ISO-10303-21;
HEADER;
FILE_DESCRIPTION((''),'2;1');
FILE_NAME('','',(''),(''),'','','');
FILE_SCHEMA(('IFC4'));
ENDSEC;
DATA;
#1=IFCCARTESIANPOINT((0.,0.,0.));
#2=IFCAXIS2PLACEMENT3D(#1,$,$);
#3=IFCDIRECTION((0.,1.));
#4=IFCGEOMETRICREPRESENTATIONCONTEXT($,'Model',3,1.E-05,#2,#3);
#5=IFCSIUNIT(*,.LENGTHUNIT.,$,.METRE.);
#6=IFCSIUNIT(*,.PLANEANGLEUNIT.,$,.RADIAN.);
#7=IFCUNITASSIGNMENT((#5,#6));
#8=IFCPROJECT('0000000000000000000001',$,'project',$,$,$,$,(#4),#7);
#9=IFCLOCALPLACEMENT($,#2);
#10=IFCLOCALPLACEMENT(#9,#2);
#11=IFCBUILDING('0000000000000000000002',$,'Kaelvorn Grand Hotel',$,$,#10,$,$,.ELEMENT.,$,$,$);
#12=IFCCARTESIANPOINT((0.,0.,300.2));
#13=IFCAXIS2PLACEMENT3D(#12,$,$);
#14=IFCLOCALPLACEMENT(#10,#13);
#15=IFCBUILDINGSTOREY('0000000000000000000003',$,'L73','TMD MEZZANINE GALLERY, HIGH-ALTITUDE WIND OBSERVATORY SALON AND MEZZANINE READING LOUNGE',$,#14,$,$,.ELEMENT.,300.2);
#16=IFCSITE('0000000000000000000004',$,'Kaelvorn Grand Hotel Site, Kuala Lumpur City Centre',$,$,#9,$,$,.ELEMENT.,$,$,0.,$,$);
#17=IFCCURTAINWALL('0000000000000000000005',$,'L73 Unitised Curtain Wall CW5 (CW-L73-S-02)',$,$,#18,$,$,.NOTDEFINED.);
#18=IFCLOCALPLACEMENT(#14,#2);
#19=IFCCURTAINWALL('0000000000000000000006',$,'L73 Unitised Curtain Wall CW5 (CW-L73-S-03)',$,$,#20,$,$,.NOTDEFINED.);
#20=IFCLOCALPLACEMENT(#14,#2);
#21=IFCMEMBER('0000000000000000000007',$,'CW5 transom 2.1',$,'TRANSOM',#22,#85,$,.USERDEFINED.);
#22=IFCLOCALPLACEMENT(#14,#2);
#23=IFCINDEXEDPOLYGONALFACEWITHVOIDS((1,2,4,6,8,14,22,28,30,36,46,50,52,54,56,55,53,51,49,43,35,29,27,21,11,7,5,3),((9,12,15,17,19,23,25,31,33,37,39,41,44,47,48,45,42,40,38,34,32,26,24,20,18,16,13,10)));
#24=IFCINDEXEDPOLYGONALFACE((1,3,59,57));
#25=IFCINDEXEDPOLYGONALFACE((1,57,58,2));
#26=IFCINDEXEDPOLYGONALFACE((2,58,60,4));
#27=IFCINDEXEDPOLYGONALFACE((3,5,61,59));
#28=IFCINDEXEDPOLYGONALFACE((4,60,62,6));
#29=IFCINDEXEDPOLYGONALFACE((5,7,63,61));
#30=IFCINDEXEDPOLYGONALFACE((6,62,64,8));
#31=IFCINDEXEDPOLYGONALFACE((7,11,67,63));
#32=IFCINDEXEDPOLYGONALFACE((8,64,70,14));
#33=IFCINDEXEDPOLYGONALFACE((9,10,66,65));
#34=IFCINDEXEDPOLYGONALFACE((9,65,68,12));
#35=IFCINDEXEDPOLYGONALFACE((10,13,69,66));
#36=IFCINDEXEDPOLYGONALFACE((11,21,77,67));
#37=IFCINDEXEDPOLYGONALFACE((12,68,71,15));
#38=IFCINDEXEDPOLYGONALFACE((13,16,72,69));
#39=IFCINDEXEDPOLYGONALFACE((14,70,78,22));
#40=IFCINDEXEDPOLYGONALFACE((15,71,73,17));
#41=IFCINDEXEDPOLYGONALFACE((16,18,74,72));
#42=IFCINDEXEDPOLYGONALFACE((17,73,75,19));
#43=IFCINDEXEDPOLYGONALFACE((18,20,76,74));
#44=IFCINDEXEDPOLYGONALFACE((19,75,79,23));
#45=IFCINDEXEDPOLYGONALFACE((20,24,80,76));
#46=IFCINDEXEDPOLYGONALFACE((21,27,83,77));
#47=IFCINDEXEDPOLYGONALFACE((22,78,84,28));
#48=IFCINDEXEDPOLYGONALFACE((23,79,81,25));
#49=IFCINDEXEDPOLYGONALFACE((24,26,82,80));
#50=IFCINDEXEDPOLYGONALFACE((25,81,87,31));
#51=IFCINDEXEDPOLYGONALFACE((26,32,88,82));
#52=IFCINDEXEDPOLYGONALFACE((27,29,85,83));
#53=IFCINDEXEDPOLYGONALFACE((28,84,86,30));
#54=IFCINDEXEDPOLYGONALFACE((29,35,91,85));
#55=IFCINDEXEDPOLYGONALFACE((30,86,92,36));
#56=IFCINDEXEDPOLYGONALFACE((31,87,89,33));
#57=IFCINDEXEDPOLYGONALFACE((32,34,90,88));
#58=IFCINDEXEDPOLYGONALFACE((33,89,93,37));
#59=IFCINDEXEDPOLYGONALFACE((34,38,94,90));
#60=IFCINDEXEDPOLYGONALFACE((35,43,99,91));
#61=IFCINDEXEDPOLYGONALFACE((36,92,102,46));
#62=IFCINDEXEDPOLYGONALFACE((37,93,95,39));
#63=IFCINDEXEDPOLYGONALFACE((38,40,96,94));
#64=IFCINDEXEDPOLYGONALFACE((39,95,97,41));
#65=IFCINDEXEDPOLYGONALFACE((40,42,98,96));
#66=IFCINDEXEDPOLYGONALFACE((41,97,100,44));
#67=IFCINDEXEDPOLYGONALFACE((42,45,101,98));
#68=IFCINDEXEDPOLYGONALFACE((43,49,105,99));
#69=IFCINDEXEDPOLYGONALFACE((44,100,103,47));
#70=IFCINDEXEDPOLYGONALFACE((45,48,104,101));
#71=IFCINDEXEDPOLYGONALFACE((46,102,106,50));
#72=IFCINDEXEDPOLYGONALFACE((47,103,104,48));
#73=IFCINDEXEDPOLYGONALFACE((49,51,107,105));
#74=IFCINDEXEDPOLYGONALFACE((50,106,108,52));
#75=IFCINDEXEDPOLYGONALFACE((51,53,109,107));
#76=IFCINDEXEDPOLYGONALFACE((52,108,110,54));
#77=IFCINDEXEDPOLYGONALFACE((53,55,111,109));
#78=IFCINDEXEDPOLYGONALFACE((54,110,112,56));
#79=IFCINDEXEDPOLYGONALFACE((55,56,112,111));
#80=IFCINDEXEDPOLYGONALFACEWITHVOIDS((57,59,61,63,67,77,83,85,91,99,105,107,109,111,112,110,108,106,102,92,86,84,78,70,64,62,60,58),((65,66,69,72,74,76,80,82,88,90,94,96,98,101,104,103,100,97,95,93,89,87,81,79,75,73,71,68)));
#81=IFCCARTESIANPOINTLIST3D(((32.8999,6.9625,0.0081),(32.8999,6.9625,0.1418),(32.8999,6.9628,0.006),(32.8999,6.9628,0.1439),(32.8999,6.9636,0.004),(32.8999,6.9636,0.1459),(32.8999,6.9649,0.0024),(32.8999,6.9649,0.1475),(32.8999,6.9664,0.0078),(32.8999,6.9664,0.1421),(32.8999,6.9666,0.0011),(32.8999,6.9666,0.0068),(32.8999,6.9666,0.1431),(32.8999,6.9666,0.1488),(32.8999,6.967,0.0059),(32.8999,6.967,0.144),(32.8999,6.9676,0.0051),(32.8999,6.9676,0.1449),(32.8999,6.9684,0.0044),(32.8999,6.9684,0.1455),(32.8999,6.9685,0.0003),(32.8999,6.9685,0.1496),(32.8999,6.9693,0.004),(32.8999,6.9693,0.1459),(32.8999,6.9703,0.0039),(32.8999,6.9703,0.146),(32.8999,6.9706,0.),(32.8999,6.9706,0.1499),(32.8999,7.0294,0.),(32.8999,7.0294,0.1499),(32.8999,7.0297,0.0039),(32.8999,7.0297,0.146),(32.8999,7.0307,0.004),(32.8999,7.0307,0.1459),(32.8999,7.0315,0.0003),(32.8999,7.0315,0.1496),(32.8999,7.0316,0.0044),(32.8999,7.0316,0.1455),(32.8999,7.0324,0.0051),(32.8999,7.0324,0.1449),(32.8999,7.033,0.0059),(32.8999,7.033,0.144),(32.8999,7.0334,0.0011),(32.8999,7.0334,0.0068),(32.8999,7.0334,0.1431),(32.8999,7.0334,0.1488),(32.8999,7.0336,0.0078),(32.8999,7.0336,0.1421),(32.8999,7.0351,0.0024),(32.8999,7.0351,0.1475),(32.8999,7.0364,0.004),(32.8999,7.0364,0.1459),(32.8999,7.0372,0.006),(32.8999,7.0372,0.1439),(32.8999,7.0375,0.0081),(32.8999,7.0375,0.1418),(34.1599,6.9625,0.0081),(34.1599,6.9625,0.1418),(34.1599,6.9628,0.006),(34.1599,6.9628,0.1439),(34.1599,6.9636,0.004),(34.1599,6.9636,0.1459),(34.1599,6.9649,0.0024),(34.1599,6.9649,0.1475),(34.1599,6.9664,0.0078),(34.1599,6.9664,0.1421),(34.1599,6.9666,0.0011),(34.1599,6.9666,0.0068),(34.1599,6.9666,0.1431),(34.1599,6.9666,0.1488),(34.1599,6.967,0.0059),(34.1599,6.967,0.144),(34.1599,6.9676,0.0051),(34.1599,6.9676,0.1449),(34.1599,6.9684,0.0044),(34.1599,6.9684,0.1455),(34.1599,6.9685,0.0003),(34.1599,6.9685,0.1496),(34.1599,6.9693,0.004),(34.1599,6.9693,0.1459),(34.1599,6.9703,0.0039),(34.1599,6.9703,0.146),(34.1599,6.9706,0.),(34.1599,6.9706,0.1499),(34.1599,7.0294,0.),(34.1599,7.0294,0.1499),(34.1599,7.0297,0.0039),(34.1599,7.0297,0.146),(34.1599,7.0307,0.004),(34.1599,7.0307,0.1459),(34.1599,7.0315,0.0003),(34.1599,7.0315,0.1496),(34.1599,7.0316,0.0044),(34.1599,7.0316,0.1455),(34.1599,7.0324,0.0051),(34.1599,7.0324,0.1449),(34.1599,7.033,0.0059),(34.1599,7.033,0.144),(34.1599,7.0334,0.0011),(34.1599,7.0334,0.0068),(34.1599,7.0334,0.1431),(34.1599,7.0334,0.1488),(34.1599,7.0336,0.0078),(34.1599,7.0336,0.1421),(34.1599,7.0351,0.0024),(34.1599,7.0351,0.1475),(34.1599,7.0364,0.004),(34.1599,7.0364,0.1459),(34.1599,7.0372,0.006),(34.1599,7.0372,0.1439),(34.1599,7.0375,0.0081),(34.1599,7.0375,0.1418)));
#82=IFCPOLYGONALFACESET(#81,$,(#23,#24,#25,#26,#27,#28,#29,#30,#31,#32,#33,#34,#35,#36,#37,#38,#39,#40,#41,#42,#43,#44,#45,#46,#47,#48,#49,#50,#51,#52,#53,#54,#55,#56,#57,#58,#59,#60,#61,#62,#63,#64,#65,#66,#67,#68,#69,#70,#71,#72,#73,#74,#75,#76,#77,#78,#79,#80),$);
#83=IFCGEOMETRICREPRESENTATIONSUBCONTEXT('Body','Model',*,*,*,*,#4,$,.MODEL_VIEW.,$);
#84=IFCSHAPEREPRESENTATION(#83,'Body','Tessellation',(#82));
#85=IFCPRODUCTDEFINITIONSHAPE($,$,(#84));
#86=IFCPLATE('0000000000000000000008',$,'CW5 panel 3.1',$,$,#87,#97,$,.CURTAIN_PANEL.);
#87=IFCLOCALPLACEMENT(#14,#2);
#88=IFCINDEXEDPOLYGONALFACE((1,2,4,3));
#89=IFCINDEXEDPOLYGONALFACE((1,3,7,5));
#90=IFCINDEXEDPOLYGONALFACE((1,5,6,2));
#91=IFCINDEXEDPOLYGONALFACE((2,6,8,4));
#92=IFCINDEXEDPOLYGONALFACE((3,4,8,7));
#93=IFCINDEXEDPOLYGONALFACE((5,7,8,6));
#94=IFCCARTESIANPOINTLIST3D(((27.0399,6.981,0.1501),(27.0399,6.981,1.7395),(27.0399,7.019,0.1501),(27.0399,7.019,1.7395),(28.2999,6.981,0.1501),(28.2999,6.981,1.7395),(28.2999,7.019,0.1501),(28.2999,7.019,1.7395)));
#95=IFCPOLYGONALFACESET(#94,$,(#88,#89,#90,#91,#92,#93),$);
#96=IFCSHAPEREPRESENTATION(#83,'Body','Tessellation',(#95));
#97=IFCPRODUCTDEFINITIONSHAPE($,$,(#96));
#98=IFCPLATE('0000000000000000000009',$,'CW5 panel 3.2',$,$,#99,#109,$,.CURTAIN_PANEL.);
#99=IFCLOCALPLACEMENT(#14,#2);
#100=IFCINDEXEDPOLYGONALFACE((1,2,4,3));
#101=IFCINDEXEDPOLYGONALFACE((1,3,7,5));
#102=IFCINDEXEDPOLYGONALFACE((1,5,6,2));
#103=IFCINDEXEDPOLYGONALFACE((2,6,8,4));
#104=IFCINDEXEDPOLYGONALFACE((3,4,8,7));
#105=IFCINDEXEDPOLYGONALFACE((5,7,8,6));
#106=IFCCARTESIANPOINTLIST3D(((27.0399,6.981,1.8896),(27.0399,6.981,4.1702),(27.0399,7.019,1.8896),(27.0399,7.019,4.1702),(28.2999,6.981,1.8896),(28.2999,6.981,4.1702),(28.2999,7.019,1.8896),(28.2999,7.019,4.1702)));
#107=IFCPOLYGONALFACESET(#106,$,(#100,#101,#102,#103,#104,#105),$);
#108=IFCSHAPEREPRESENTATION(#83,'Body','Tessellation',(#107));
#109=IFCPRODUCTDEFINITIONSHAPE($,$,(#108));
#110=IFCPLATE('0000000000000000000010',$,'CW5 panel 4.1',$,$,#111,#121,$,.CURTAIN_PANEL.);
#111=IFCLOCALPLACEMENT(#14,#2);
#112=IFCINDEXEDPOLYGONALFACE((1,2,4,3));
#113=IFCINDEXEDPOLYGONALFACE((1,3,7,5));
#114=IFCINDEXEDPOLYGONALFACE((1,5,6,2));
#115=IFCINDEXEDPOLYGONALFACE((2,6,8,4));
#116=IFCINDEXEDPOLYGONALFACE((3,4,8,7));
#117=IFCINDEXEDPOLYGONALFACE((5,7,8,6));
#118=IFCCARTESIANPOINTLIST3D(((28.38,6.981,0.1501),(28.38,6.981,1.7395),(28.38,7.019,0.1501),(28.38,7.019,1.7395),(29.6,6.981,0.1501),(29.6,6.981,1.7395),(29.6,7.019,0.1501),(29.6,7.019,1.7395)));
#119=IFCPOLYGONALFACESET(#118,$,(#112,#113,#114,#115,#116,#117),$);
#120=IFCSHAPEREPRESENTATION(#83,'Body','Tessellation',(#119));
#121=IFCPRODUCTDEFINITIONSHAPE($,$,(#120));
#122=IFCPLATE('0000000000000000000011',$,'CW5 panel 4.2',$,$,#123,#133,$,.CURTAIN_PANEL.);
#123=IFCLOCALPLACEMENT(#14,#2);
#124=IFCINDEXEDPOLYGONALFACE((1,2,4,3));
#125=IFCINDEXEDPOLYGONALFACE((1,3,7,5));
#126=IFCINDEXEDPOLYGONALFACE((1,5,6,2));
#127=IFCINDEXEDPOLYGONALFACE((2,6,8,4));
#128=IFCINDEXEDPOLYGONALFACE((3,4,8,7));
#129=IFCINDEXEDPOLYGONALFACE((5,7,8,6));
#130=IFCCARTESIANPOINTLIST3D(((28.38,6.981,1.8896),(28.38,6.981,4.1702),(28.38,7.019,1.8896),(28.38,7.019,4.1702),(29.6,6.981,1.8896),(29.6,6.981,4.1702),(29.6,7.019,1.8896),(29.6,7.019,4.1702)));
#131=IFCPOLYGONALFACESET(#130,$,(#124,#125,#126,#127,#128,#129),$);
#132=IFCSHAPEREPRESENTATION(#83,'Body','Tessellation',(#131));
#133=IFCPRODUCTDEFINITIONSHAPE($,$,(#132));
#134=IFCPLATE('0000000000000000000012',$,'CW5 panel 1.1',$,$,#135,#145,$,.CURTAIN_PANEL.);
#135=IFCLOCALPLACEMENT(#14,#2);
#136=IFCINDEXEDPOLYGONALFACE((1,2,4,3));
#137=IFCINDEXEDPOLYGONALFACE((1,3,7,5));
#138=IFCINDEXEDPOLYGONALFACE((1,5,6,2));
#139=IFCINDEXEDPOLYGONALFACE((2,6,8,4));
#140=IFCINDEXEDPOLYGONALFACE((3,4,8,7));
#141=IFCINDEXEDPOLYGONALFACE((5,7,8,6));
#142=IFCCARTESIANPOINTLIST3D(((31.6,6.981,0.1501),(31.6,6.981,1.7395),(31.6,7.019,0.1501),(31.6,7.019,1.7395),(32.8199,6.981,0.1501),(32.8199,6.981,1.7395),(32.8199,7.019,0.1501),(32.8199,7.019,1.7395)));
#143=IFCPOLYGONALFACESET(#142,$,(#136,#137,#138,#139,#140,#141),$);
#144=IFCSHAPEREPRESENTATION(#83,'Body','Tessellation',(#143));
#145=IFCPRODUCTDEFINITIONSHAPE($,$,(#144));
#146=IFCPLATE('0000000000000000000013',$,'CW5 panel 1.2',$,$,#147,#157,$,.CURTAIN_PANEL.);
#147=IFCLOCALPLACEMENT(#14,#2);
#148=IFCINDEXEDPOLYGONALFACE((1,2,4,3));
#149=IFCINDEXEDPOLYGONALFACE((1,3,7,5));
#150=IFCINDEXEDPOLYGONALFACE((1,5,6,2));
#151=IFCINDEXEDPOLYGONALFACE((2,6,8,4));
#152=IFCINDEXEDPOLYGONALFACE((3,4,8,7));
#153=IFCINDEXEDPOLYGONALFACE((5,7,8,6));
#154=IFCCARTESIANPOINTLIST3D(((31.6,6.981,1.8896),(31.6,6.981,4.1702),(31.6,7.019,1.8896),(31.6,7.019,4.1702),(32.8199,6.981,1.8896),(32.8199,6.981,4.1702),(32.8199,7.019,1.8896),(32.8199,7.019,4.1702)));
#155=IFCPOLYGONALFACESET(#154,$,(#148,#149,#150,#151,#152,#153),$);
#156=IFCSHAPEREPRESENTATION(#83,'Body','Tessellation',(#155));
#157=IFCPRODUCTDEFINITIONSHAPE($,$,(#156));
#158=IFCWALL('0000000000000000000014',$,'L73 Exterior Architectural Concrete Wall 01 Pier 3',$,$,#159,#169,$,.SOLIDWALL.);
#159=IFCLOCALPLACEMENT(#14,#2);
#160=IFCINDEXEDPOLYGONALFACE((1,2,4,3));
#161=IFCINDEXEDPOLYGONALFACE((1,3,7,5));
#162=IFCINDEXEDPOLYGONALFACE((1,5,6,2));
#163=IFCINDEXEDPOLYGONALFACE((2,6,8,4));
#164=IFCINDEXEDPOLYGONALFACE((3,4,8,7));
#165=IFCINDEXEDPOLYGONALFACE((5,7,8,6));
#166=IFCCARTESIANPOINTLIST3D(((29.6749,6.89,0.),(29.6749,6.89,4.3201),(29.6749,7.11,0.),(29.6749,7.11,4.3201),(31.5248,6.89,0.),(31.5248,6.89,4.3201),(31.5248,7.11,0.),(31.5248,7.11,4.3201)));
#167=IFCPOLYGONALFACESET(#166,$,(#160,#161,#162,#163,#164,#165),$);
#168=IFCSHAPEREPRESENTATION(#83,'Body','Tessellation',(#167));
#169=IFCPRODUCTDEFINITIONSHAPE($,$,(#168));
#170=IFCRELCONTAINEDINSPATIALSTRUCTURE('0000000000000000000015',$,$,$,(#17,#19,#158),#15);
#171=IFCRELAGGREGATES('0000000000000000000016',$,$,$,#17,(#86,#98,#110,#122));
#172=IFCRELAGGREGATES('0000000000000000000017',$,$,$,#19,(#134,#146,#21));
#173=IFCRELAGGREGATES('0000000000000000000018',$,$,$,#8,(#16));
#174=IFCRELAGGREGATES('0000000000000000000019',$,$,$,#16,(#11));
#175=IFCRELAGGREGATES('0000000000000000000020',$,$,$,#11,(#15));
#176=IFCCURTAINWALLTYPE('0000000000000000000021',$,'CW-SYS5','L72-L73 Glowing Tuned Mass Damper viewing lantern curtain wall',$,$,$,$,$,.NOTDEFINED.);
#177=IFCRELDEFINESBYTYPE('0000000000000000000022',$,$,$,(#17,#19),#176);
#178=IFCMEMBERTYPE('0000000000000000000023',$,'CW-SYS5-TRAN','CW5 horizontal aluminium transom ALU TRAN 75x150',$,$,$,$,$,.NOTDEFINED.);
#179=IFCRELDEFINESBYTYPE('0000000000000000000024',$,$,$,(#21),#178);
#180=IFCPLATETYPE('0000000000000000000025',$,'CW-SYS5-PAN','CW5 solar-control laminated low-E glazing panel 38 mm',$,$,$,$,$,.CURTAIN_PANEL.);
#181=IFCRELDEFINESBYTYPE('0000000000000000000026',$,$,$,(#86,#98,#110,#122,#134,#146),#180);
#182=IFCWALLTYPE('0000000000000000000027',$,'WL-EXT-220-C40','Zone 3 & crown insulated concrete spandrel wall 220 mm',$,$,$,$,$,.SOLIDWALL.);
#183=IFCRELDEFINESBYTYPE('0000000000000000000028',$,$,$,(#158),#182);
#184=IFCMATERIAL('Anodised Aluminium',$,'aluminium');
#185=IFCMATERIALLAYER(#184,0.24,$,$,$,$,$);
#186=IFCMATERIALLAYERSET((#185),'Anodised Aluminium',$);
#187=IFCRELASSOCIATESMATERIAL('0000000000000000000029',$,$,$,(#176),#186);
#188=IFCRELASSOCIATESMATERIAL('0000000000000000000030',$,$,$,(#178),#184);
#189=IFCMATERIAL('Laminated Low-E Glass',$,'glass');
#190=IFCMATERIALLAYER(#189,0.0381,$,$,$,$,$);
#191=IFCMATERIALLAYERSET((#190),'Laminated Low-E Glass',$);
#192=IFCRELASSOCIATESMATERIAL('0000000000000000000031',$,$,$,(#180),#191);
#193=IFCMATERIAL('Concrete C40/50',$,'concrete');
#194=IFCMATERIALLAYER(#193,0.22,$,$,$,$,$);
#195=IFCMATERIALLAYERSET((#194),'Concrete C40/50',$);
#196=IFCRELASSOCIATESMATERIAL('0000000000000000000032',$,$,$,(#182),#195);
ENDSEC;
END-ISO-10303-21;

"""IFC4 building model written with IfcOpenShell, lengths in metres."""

from ifc_helpers import new_model, si_unit, direction, frame, frame_2d, origin, origin_2d, place, context, subcontext, project, spatial, rectangle, hollow_rectangle, extrude, material, layer, layer_set, material_profile, profile_set, type_object, element, aggregate, save


model = new_model("IFC4")

# Units and contexts
model_context = context("Model", 3, precision=1e-05, world=origin(), true_north=direction((0.0, 1.0)))
body_context = subcontext(model_context, "Body", "Model", "MODEL_VIEW")
ifc_project = project(units=[si_unit("LENGTHUNIT", "METRE"), si_unit("PLANEANGLEUNIT", "RADIAN")], contexts=[model_context])

# Site, building, storey
site_placement = place(None, origin())
site = spatial("IfcSite", under=ifc_project, at=site_placement, Name="Kaelvorn Grand Hotel Site, Kuala Lumpur City Centre", CompositionType="ELEMENT", RefElevation=0.0)
building_placement = place(site_placement, origin())
building = spatial("IfcBuilding", under=site, at=building_placement, Name="Kaelvorn Grand Hotel", CompositionType="ELEMENT")
storey_placement = place(building_placement, frame((0.0, 0.0, 300.2)))
storey = spatial("IfcBuildingStorey", under=building, at=storey_placement, Name="L73", Description="TMD MEZZANINE GALLERY, HIGH-ALTITUDE WIND OBSERVATORY SALON AND MEZZANINE READING LOUNGE", CompositionType="ELEMENT", Elevation=300.2)

# Curtain walls
ifc_material_1 = material(Name="Anodised Aluminium", Category="aluminium")
ifc_layer_1 = layer(ifc_material_1, 0.24)
ifc_layer_set_1 = layer_set([ifc_layer_1], Name="Anodised Aluminium")
curtain_wall_type = type_object("IfcCurtainWallType", Name="CW-SYS5", Description="L72-L73 Glowing Tuned Mass Damper viewing lantern curtain wall", PredefinedType="NOTDEFINED", material=ifc_layer_set_1)
curtain_wall_1_placement = place(storey_placement, origin())
curtain_wall_1 = element("IfcCurtainWall", 1, at=curtain_wall_1_placement, inside=storey, type_object=curtain_wall_type, Name="L73 Unitised Curtain Wall CW5 (CW-L73-S-02)", PredefinedType="NOTDEFINED")
curtain_wall_2_placement = place(storey_placement, origin())
curtain_wall_2 = element("IfcCurtainWall", 2, at=curtain_wall_2_placement, inside=storey, type_object=curtain_wall_type, Name="L73 Unitised Curtain Wall CW5 (CW-L73-S-03)", PredefinedType="NOTDEFINED")

# Member
ifc_material_profile_1 = material_profile(ifc_material_1, hollow_rectangle(XDim=0.075, YDim=0.1499, WallThickness=0.0039, InnerFilletRadius=0.0039, OuterFilletRadius=0.0081, at=origin_2d()), Name="ALU TRAN 75x150")
ifc_profile_set_1 = profile_set([ifc_material_profile_1], Name="Anodised Aluminium")
member_type_1 = type_object("IfcMemberType", Name="CW-SYS5-TRAN", Description="CW5 horizontal aluminium transom ALU TRAN 75x150", PredefinedType="NOTDEFINED", material=ifc_profile_set_1)
member_1_placement = place(storey_placement, frame((32.8999, 7.0, 0.075), z_axis=(1.0, 0.0, 0.0), x_axis=(0.0, 1.0, 0.0)))
member_1 = element("IfcMember", 3, at=member_1_placement, type_object=member_type_1, Name="CW5 transom 2.1", ObjectType="TRANSOM", PredefinedType="USERDEFINED", context=body_context, shape_type="SweptSolid", body=[
    extrude(hollow_rectangle(XDim=0.075, YDim=0.1499, WallThickness=0.0039, InnerFilletRadius=0.0039, OuterFilletRadius=0.0081, at=origin_2d()), origin(), (0.0, 0.0, 1.0), 1.26),
])

# Plates
ifc_material_2 = material(Name="Laminated Low-E Glass", Category="glass")
ifc_layer_2 = layer(ifc_material_2, 0.0381)
ifc_layer_set_2 = layer_set([ifc_layer_2], Name="Laminated Low-E Glass")
plate_type = type_object("IfcPlateType", Name="CW-SYS5-PAN", Description="CW5 solar-control laminated low-E glazing panel 38 mm", PredefinedType="CURTAIN_PANEL", material=ifc_layer_set_2)
plate_1_placement = place(storey_placement, frame((27.6699, 7.0, 0.1501), z_axis=(0.0, 0.0, 1.0), x_axis=(1.0, 0.0, 0.0)))
plate_1 = element("IfcPlate", 4, at=plate_1_placement, type_object=plate_type, Name="CW5 panel 3.1", PredefinedType="CURTAIN_PANEL", context=body_context, shape_type="SweptSolid", body=[
    extrude(rectangle(XDim=1.26, YDim=0.0381, at=origin_2d()), origin(), (0.0, 0.0, 1.0), 1.5894),
])
plate_2_placement = place(storey_placement, frame((27.6699, 7.0, 1.8896), z_axis=(0.0, 0.0, 1.0), x_axis=(1.0, 0.0, 0.0)))
plate_2 = element("IfcPlate", 5, at=plate_2_placement, type_object=plate_type, Name="CW5 panel 3.2", PredefinedType="CURTAIN_PANEL", context=body_context, shape_type="SweptSolid", body=[
    extrude(rectangle(XDim=1.26, YDim=0.0381, at=origin_2d()), origin(), (0.0, 0.0, 1.0), 2.2805),
])
plate_3_placement = place(storey_placement, frame((28.99, 7.0, 0.1501), z_axis=(0.0, 0.0, 1.0), x_axis=(1.0, 0.0, 0.0)))
plate_3 = element("IfcPlate", 6, at=plate_3_placement, type_object=plate_type, Name="CW5 panel 4.1", PredefinedType="CURTAIN_PANEL", context=body_context, shape_type="SweptSolid", body=[
    extrude(rectangle(XDim=1.22, YDim=0.0381, at=origin_2d()), origin(), (0.0, 0.0, 1.0), 1.5894),
])
plate_4_placement = place(storey_placement, frame((28.99, 7.0, 1.8896), z_axis=(0.0, 0.0, 1.0), x_axis=(1.0, 0.0, 0.0)))
plate_4 = element("IfcPlate", 7, at=plate_4_placement, type_object=plate_type, Name="CW5 panel 4.2", PredefinedType="CURTAIN_PANEL", context=body_context, shape_type="SweptSolid", body=[
    extrude(rectangle(XDim=1.22, YDim=0.0381, at=origin_2d()), origin(), (0.0, 0.0, 1.0), 2.2805),
])
aggregate(curtain_wall_1, [plate_1, plate_2, plate_3, plate_4])
plate_5_placement = place(storey_placement, frame((32.21, 7.0, 0.1501), z_axis=(0.0, 0.0, 1.0), x_axis=(1.0, 0.0, 0.0)))
plate_5 = element("IfcPlate", 8, at=plate_5_placement, type_object=plate_type, Name="CW5 panel 1.1", PredefinedType="CURTAIN_PANEL", context=body_context, shape_type="SweptSolid", body=[
    extrude(rectangle(XDim=1.22, YDim=0.0381, at=origin_2d()), origin(), (0.0, 0.0, 1.0), 1.5894),
])
plate_6_placement = place(storey_placement, frame((32.21, 7.0, 1.8896), z_axis=(0.0, 0.0, 1.0), x_axis=(1.0, 0.0, 0.0)))
plate_6 = element("IfcPlate", 9, at=plate_6_placement, type_object=plate_type, Name="CW5 panel 1.2", PredefinedType="CURTAIN_PANEL", context=body_context, shape_type="SweptSolid", body=[
    extrude(rectangle(XDim=1.22, YDim=0.0381, at=origin_2d()), origin(), (0.0, 0.0, 1.0), 2.2805),
])
aggregate(curtain_wall_2, [plate_5, plate_6, member_1])

# Wall
ifc_material_3 = material(Name="Concrete C40/50", Category="concrete")
ifc_layer_3 = layer(ifc_material_3, 0.22)
ifc_layer_set_3 = layer_set([ifc_layer_3], Name="Concrete C40/50")
wall_type = type_object("IfcWallType", Name="WL-EXT-220-C40", Description="Zone 3 & crown insulated concrete spandrel wall 220 mm", PredefinedType="SOLIDWALL", material=ifc_layer_set_3)
wall_placement = place(storey_placement, frame((29.675, 7.0, 0.0), z_axis=(0.0, 0.0, 1.0), x_axis=(1.0, 0.0, 0.0)))
element("IfcWall", 10, at=wall_placement, inside=storey, type_object=wall_type, Name="L73 Exterior Architectural Concrete Wall 01 Pier 3", PredefinedType="SOLIDWALL", context=body_context, shape_type="SweptSolid", body=[
    extrude(rectangle(XDim=1.8499, YDim=0.22, at=frame_2d((0.9248, 0.0))), origin(), (0.0, 0.0, 1.0), 4.3201),
])

save(model, "model.ifc")
